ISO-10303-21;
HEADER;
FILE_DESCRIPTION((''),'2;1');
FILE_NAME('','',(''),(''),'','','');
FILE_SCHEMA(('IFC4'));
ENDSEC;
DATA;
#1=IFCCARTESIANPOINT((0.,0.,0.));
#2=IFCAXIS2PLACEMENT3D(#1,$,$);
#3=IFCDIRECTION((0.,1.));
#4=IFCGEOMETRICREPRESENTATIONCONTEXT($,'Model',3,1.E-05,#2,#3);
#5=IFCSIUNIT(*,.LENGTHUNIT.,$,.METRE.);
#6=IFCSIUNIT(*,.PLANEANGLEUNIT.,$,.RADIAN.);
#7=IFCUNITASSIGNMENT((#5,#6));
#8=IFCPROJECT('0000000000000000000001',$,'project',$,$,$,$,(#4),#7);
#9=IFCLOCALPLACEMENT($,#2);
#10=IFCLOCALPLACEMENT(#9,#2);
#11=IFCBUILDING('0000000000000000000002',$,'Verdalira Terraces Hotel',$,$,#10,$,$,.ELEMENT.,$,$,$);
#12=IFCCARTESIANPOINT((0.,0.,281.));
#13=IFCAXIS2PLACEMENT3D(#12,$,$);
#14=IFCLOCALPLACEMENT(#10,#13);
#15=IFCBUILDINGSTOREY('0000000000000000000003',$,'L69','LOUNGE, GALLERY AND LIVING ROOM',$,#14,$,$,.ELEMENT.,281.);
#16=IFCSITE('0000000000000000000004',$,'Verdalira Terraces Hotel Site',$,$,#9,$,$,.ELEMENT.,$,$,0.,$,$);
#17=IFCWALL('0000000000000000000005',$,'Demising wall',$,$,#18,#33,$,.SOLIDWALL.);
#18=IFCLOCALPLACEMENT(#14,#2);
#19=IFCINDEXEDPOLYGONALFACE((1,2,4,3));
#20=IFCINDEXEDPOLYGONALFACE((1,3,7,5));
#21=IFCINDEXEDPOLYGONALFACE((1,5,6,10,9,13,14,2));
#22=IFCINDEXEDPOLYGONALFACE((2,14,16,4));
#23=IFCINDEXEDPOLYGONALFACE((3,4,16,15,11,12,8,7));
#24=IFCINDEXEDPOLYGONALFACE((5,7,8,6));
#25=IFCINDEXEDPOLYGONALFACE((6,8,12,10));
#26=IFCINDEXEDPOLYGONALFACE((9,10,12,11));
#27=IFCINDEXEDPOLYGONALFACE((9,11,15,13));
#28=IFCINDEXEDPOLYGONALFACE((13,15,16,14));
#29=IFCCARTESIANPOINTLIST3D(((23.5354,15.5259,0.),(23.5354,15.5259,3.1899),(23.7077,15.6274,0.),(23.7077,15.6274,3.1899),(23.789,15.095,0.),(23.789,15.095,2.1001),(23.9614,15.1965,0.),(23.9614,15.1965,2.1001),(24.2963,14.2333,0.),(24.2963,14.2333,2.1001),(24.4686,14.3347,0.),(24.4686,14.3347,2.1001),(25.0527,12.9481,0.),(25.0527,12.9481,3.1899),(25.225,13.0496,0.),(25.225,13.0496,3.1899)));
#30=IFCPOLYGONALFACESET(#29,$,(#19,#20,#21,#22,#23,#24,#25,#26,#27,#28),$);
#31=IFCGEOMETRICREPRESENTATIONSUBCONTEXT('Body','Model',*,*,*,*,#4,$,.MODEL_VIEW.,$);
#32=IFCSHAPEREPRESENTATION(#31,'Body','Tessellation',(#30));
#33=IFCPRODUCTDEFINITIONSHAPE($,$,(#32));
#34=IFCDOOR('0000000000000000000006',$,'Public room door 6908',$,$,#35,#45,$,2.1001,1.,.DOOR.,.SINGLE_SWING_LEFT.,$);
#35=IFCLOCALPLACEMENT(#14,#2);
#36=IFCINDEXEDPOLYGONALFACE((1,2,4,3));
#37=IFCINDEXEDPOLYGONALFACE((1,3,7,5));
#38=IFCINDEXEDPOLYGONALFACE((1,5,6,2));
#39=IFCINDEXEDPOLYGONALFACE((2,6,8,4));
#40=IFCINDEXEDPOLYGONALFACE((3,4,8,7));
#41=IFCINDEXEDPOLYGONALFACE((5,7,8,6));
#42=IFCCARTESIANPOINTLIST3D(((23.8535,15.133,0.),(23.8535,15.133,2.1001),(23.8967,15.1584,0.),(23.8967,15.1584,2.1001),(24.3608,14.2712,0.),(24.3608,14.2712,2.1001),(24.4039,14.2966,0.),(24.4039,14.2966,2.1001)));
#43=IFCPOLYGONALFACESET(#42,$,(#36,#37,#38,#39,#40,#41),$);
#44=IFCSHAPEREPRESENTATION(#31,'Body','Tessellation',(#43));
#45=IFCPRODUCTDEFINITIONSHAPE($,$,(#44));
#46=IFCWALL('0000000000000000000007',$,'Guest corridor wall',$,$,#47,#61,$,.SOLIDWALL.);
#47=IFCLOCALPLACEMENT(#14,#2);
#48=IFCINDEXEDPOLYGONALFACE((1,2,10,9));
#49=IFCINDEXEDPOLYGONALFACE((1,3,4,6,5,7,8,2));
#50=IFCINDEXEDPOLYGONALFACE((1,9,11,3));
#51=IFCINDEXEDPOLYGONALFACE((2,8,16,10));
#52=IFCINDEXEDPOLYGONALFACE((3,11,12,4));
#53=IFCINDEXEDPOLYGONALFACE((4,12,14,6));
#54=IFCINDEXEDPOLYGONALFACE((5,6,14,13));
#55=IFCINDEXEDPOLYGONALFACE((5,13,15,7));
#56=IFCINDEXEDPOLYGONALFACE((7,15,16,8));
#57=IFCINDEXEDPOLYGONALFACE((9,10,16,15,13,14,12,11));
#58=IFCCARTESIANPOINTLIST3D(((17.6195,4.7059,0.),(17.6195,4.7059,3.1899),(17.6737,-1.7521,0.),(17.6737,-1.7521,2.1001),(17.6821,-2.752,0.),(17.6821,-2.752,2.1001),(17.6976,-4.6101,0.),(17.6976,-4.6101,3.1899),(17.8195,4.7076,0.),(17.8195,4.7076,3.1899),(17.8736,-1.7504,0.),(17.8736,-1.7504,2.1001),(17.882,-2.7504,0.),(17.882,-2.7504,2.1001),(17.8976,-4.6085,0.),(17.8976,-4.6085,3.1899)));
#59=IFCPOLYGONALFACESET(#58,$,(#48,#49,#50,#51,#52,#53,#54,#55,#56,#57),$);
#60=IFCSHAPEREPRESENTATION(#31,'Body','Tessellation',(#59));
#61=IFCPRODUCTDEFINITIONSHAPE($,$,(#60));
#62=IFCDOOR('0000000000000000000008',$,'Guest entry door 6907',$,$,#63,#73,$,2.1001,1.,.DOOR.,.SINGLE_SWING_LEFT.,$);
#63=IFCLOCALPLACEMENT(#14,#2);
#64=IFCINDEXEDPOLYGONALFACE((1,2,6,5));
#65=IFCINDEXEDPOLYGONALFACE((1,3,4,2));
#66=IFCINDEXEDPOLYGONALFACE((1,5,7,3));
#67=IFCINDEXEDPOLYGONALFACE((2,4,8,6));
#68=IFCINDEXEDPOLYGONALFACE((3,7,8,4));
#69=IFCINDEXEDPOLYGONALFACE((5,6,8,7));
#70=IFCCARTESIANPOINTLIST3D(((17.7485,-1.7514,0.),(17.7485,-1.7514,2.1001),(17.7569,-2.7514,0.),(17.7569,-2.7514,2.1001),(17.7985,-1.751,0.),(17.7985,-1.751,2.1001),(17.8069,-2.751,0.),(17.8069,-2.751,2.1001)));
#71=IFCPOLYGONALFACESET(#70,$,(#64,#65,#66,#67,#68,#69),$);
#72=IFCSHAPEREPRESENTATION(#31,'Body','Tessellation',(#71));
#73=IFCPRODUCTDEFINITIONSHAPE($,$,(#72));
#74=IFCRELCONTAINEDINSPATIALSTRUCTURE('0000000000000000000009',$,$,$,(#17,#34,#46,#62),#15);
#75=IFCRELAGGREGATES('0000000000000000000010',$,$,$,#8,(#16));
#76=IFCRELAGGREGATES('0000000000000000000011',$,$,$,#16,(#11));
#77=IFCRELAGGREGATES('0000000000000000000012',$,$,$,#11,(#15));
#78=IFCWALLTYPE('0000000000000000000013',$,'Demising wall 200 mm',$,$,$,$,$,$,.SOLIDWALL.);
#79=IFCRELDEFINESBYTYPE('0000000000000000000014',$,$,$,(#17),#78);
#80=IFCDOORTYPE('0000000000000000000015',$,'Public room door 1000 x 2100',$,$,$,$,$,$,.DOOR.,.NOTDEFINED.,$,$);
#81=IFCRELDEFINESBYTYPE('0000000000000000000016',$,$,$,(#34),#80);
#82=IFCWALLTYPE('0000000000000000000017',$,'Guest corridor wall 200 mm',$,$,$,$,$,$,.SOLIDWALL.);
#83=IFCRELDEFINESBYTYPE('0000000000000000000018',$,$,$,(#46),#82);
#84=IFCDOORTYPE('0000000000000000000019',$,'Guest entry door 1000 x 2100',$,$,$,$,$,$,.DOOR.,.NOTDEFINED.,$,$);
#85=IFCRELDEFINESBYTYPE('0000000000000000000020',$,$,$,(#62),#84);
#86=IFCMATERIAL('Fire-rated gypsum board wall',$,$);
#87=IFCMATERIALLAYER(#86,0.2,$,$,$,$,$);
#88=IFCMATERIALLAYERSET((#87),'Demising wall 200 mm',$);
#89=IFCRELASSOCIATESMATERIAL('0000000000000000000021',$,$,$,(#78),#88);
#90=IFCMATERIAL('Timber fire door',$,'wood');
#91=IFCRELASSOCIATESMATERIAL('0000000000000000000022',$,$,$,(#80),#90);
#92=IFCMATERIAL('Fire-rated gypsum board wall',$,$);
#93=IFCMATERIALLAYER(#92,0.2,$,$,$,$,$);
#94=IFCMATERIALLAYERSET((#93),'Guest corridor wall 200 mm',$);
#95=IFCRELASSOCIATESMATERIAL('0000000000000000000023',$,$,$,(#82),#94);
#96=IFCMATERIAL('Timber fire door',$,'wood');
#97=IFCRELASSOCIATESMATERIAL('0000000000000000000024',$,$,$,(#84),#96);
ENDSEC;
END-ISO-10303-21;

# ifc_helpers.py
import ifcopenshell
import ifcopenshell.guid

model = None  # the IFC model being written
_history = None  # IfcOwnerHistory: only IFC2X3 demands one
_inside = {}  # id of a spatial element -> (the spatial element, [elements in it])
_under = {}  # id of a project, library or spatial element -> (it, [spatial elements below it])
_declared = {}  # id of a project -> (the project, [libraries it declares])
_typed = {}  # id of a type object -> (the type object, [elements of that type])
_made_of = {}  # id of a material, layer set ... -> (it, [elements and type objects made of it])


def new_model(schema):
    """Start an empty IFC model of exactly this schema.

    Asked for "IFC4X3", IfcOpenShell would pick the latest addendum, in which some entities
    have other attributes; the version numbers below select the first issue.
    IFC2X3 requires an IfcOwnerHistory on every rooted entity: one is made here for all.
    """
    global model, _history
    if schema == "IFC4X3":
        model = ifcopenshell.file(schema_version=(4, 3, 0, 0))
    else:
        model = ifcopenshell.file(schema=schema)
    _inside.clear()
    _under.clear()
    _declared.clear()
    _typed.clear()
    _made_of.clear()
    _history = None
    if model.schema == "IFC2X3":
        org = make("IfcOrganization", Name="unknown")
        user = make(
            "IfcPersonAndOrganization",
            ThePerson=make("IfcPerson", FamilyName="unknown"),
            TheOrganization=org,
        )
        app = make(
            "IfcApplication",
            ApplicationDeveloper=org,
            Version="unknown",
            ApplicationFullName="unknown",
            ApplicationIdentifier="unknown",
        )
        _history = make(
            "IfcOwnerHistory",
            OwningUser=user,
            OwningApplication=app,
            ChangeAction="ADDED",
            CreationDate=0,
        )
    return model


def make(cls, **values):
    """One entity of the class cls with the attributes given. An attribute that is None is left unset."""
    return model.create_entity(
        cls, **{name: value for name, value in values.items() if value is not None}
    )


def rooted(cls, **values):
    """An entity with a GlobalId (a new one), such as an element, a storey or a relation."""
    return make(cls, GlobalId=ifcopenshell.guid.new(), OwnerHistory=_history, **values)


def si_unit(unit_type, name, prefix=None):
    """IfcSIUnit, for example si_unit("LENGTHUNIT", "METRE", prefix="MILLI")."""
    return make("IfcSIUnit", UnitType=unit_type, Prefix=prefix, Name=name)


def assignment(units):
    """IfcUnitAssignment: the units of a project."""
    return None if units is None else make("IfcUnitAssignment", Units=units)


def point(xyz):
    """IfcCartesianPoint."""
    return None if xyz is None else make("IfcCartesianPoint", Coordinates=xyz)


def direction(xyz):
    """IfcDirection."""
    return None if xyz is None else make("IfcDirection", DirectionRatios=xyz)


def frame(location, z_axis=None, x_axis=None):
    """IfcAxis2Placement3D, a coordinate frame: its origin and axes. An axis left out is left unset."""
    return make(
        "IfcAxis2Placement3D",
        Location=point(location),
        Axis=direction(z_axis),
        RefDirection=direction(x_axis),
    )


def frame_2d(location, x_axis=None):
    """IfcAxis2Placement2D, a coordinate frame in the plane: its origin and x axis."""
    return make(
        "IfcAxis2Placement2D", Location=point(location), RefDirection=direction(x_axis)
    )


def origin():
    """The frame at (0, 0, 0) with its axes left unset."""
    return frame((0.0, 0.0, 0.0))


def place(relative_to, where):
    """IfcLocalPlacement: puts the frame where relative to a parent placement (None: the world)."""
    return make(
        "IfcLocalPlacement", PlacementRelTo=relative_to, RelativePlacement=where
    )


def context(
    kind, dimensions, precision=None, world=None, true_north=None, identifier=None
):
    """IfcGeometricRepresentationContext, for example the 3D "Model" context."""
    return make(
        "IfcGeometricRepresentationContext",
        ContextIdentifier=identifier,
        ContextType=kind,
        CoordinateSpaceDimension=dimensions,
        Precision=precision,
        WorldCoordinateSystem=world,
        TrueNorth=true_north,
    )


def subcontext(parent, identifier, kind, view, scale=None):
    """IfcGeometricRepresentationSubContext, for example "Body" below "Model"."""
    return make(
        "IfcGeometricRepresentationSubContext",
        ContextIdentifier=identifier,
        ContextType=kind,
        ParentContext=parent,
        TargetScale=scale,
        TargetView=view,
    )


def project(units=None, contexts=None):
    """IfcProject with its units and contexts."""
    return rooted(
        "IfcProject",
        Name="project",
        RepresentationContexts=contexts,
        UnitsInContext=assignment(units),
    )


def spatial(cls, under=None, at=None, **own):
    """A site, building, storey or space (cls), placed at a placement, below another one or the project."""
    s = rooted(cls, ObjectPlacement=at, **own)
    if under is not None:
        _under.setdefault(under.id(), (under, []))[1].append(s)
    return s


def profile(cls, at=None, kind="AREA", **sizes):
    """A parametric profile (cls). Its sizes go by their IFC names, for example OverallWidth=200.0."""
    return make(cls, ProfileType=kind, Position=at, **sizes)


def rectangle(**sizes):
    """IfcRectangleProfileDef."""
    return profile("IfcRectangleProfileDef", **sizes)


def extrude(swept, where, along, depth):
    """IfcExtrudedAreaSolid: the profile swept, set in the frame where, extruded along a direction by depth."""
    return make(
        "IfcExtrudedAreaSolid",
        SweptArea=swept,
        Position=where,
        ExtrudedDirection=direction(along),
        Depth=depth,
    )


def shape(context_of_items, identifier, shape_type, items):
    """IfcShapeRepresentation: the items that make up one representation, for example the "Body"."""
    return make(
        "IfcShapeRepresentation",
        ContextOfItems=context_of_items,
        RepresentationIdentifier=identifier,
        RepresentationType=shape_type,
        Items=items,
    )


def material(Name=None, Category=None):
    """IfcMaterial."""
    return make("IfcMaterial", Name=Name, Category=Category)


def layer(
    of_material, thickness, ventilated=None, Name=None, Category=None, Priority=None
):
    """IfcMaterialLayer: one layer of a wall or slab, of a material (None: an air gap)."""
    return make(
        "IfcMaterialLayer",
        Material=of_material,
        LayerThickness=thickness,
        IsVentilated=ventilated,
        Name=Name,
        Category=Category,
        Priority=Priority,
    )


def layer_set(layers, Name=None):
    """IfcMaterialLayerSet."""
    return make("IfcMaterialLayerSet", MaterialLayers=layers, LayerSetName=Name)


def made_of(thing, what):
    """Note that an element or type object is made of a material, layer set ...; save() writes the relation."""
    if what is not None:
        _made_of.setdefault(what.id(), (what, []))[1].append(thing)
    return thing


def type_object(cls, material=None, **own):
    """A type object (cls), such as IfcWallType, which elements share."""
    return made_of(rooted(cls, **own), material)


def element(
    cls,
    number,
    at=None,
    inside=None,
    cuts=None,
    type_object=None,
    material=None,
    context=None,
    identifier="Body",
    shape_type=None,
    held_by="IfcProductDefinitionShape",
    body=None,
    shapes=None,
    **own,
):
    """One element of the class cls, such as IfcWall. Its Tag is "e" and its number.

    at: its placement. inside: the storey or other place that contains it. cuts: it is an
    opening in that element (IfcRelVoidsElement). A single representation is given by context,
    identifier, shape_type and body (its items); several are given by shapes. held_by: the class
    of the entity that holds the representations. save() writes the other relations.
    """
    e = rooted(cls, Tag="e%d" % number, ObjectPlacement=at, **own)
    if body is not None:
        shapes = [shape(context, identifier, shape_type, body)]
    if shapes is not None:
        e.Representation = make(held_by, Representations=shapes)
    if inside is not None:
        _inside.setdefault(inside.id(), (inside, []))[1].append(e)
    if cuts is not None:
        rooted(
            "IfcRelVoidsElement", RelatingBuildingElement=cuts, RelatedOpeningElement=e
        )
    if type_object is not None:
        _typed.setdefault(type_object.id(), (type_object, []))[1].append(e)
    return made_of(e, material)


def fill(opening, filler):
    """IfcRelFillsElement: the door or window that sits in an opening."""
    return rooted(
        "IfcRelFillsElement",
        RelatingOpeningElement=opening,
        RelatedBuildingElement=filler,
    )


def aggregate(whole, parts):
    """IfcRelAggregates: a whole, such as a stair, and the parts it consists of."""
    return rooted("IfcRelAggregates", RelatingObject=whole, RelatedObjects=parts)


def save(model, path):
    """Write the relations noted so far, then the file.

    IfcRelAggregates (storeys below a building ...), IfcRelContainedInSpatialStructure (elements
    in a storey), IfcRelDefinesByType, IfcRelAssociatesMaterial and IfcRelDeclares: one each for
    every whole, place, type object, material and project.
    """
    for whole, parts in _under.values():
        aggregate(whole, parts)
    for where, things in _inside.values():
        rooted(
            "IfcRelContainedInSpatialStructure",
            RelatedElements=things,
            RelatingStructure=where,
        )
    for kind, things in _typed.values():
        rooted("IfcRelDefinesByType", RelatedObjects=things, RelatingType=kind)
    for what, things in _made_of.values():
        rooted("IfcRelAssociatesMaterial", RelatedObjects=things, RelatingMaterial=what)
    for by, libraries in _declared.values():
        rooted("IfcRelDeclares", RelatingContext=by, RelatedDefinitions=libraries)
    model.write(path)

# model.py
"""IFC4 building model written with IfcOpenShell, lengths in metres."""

from ifc_helpers import new_model, si_unit, direction, frame, frame_2d, origin, place, context, subcontext, project, spatial, rectangle, extrude, material, layer, layer_set, type_object, element, fill, save


model = new_model("IFC4")

# Units and contexts
model_context = context("Model", 3, precision=1e-05, world=origin(), true_north=direction((0.0, 1.0)))
body_context = subcontext(model_context, "Body", "Model", "MODEL_VIEW")
ifc_project = project(units=[si_unit("LENGTHUNIT", "METRE"), si_unit("PLANEANGLEUNIT", "RADIAN")], contexts=[model_context])

# Site, building, storey
site_placement = place(None, origin())
site = spatial("IfcSite", under=ifc_project, at=site_placement, Name="Verdalira Terraces Hotel Site", CompositionType="ELEMENT", RefElevation=0.0)
building_placement = place(site_placement, origin())
building = spatial("IfcBuilding", under=site, at=building_placement, Name="Verdalira Terraces Hotel", CompositionType="ELEMENT")
storey_placement = place(building_placement, frame((0.0, 0.0, 281.0)))
storey = spatial("IfcBuildingStorey", under=building, at=storey_placement, Name="L69", Description="LOUNGE, GALLERY AND LIVING ROOM", CompositionType="ELEMENT", Elevation=281.0)

# Shared definitions
ifc_material_1 = material(Name="Fire-rated gypsum board wall")
ifc_layer_1 = layer(ifc_material_1, 0.2)
ifc_layer_set_1 = layer_set([ifc_layer_1], Name="Demising wall 200 mm")
wall_type_1 = type_object("IfcWallType", Name="Demising wall 200 mm", PredefinedType="SOLIDWALL", material=ifc_layer_set_1)

# Walls, openings, doors
wall_1_placement = place(storey_placement, frame((23.6216, 15.5767, 0.0), z_axis=(0.0, 0.0, 1.0), x_axis=(0.507252, -0.861798, 0.0)))
wall_1 = element("IfcWall", 1, at=wall_1_placement, inside=storey, type_object=wall_type_1, Name="Demising wall", PredefinedType="SOLIDWALL", context=body_context, shape_type="SweptSolid", body=[
    extrude(rectangle(XDim=2.9912, YDim=0.2, at=frame_2d((1.4956, 0.0))), origin(), (0.0, 0.0, 1.0), 3.1899),
])
opening_1_placement = place(wall_1_placement, frame((0.5, 0.0, 0.0)))
opening_1 = element("IfcOpeningElement", 2, at=opening_1_placement, cuts=wall_1, PredefinedType="OPENING", context=body_context, shape_type="SweptSolid", body=[
    extrude(rectangle(XDim=1.0, YDim=2.1001, at=frame_2d((0.5, 1.05))), frame((0.0, 0.1099, 0.0), z_axis=(0.0, -1.0, 0.0), x_axis=(1.0, 0.0, 0.0)), (0.0, 0.0, 1.0), 0.22),
])
ifc_material_2 = material(Name="Timber fire door", Category="wood")
door_type_1 = type_object("IfcDoorType", Name="Public room door 1000 x 2100", OperationType="NOTDEFINED", PredefinedType="DOOR", material=ifc_material_2)
door_1_placement = place(opening_1_placement, origin())
door_1 = element("IfcDoor", 3, at=door_1_placement, inside=storey, type_object=door_type_1, Name="Public room door 6908", OperationType="SINGLE_SWING_LEFT", OverallHeight=2.1001, OverallWidth=1.0, PredefinedType="DOOR", context=body_context, shape_type="SweptSolid", body=[
    extrude(rectangle(XDim=1.0, YDim=2.1001, at=frame_2d((0.5, 1.05))), frame((0.0, 0.0249, 0.0), z_axis=(0.0, -1.0, 0.0), x_axis=(1.0, 0.0, 0.0)), (0.0, 0.0, 1.0), 0.05),
])
fill(opening_1, door_1)
ifc_material_3 = material(Name="Fire-rated gypsum board wall")
ifc_layer_2 = layer(ifc_material_3, 0.2)
ifc_layer_set_2 = layer_set([ifc_layer_2], Name="Guest corridor wall 200 mm")
wall_type_2 = type_object("IfcWallType", Name="Guest corridor wall 200 mm", PredefinedType="SOLIDWALL", material=ifc_layer_set_2)
wall_2_placement = place(storey_placement, frame((17.7195, 4.7068, 0.0), z_axis=(0.0, 0.0, 1.0), x_axis=(0.008386, -0.999965, 0.0)))
wall_2 = element("IfcWall", 4, at=wall_2_placement, inside=storey, type_object=wall_type_2, Name="Guest corridor wall", PredefinedType="SOLIDWALL", context=body_context, shape_type="SweptSolid", body=[
    extrude(rectangle(XDim=9.3164, YDim=0.2, at=frame_2d((4.6582, 0.0))), origin(), (0.0, 0.0, 1.0), 3.1899),
])
opening_2_placement = place(wall_2_placement, frame((6.4583, 0.0, 0.0)))
opening_2 = element("IfcOpeningElement", 5, at=opening_2_placement, cuts=wall_2, PredefinedType="OPENING", context=body_context, shape_type="SweptSolid", body=[
    extrude(rectangle(XDim=1.0, YDim=2.1001, at=frame_2d((0.5, 1.05))), frame((0.0, 0.1099, 0.0), z_axis=(0.0, -1.0, 0.0), x_axis=(1.0, 0.0, 0.0)), (0.0, 0.0, 1.0), 0.22),
])
ifc_material_4 = material(Name="Timber fire door", Category="wood")
door_type_2 = type_object("IfcDoorType", Name="Guest entry door 1000 x 2100", OperationType="NOTDEFINED", PredefinedType="DOOR", material=ifc_material_4)
door_2_placement = place(opening_2_placement, origin())
door_2 = element("IfcDoor", 6, at=door_2_placement, inside=storey, type_object=door_type_2, Name="Guest entry door 6907", OperationType="SINGLE_SWING_LEFT", OverallHeight=2.1001, OverallWidth=1.0, PredefinedType="DOOR", context=body_context, shape_type="SweptSolid", body=[
    extrude(rectangle(XDim=1.0, YDim=2.1001, at=frame_2d((0.5, 1.05))), frame((0.0, 0.0249, 0.0), z_axis=(0.0, -1.0, 0.0), x_axis=(1.0, 0.0, 0.0)), (0.0, 0.0, 1.0), 0.05),
])
fill(opening_2, door_2)

save(model, "model.ifc")
